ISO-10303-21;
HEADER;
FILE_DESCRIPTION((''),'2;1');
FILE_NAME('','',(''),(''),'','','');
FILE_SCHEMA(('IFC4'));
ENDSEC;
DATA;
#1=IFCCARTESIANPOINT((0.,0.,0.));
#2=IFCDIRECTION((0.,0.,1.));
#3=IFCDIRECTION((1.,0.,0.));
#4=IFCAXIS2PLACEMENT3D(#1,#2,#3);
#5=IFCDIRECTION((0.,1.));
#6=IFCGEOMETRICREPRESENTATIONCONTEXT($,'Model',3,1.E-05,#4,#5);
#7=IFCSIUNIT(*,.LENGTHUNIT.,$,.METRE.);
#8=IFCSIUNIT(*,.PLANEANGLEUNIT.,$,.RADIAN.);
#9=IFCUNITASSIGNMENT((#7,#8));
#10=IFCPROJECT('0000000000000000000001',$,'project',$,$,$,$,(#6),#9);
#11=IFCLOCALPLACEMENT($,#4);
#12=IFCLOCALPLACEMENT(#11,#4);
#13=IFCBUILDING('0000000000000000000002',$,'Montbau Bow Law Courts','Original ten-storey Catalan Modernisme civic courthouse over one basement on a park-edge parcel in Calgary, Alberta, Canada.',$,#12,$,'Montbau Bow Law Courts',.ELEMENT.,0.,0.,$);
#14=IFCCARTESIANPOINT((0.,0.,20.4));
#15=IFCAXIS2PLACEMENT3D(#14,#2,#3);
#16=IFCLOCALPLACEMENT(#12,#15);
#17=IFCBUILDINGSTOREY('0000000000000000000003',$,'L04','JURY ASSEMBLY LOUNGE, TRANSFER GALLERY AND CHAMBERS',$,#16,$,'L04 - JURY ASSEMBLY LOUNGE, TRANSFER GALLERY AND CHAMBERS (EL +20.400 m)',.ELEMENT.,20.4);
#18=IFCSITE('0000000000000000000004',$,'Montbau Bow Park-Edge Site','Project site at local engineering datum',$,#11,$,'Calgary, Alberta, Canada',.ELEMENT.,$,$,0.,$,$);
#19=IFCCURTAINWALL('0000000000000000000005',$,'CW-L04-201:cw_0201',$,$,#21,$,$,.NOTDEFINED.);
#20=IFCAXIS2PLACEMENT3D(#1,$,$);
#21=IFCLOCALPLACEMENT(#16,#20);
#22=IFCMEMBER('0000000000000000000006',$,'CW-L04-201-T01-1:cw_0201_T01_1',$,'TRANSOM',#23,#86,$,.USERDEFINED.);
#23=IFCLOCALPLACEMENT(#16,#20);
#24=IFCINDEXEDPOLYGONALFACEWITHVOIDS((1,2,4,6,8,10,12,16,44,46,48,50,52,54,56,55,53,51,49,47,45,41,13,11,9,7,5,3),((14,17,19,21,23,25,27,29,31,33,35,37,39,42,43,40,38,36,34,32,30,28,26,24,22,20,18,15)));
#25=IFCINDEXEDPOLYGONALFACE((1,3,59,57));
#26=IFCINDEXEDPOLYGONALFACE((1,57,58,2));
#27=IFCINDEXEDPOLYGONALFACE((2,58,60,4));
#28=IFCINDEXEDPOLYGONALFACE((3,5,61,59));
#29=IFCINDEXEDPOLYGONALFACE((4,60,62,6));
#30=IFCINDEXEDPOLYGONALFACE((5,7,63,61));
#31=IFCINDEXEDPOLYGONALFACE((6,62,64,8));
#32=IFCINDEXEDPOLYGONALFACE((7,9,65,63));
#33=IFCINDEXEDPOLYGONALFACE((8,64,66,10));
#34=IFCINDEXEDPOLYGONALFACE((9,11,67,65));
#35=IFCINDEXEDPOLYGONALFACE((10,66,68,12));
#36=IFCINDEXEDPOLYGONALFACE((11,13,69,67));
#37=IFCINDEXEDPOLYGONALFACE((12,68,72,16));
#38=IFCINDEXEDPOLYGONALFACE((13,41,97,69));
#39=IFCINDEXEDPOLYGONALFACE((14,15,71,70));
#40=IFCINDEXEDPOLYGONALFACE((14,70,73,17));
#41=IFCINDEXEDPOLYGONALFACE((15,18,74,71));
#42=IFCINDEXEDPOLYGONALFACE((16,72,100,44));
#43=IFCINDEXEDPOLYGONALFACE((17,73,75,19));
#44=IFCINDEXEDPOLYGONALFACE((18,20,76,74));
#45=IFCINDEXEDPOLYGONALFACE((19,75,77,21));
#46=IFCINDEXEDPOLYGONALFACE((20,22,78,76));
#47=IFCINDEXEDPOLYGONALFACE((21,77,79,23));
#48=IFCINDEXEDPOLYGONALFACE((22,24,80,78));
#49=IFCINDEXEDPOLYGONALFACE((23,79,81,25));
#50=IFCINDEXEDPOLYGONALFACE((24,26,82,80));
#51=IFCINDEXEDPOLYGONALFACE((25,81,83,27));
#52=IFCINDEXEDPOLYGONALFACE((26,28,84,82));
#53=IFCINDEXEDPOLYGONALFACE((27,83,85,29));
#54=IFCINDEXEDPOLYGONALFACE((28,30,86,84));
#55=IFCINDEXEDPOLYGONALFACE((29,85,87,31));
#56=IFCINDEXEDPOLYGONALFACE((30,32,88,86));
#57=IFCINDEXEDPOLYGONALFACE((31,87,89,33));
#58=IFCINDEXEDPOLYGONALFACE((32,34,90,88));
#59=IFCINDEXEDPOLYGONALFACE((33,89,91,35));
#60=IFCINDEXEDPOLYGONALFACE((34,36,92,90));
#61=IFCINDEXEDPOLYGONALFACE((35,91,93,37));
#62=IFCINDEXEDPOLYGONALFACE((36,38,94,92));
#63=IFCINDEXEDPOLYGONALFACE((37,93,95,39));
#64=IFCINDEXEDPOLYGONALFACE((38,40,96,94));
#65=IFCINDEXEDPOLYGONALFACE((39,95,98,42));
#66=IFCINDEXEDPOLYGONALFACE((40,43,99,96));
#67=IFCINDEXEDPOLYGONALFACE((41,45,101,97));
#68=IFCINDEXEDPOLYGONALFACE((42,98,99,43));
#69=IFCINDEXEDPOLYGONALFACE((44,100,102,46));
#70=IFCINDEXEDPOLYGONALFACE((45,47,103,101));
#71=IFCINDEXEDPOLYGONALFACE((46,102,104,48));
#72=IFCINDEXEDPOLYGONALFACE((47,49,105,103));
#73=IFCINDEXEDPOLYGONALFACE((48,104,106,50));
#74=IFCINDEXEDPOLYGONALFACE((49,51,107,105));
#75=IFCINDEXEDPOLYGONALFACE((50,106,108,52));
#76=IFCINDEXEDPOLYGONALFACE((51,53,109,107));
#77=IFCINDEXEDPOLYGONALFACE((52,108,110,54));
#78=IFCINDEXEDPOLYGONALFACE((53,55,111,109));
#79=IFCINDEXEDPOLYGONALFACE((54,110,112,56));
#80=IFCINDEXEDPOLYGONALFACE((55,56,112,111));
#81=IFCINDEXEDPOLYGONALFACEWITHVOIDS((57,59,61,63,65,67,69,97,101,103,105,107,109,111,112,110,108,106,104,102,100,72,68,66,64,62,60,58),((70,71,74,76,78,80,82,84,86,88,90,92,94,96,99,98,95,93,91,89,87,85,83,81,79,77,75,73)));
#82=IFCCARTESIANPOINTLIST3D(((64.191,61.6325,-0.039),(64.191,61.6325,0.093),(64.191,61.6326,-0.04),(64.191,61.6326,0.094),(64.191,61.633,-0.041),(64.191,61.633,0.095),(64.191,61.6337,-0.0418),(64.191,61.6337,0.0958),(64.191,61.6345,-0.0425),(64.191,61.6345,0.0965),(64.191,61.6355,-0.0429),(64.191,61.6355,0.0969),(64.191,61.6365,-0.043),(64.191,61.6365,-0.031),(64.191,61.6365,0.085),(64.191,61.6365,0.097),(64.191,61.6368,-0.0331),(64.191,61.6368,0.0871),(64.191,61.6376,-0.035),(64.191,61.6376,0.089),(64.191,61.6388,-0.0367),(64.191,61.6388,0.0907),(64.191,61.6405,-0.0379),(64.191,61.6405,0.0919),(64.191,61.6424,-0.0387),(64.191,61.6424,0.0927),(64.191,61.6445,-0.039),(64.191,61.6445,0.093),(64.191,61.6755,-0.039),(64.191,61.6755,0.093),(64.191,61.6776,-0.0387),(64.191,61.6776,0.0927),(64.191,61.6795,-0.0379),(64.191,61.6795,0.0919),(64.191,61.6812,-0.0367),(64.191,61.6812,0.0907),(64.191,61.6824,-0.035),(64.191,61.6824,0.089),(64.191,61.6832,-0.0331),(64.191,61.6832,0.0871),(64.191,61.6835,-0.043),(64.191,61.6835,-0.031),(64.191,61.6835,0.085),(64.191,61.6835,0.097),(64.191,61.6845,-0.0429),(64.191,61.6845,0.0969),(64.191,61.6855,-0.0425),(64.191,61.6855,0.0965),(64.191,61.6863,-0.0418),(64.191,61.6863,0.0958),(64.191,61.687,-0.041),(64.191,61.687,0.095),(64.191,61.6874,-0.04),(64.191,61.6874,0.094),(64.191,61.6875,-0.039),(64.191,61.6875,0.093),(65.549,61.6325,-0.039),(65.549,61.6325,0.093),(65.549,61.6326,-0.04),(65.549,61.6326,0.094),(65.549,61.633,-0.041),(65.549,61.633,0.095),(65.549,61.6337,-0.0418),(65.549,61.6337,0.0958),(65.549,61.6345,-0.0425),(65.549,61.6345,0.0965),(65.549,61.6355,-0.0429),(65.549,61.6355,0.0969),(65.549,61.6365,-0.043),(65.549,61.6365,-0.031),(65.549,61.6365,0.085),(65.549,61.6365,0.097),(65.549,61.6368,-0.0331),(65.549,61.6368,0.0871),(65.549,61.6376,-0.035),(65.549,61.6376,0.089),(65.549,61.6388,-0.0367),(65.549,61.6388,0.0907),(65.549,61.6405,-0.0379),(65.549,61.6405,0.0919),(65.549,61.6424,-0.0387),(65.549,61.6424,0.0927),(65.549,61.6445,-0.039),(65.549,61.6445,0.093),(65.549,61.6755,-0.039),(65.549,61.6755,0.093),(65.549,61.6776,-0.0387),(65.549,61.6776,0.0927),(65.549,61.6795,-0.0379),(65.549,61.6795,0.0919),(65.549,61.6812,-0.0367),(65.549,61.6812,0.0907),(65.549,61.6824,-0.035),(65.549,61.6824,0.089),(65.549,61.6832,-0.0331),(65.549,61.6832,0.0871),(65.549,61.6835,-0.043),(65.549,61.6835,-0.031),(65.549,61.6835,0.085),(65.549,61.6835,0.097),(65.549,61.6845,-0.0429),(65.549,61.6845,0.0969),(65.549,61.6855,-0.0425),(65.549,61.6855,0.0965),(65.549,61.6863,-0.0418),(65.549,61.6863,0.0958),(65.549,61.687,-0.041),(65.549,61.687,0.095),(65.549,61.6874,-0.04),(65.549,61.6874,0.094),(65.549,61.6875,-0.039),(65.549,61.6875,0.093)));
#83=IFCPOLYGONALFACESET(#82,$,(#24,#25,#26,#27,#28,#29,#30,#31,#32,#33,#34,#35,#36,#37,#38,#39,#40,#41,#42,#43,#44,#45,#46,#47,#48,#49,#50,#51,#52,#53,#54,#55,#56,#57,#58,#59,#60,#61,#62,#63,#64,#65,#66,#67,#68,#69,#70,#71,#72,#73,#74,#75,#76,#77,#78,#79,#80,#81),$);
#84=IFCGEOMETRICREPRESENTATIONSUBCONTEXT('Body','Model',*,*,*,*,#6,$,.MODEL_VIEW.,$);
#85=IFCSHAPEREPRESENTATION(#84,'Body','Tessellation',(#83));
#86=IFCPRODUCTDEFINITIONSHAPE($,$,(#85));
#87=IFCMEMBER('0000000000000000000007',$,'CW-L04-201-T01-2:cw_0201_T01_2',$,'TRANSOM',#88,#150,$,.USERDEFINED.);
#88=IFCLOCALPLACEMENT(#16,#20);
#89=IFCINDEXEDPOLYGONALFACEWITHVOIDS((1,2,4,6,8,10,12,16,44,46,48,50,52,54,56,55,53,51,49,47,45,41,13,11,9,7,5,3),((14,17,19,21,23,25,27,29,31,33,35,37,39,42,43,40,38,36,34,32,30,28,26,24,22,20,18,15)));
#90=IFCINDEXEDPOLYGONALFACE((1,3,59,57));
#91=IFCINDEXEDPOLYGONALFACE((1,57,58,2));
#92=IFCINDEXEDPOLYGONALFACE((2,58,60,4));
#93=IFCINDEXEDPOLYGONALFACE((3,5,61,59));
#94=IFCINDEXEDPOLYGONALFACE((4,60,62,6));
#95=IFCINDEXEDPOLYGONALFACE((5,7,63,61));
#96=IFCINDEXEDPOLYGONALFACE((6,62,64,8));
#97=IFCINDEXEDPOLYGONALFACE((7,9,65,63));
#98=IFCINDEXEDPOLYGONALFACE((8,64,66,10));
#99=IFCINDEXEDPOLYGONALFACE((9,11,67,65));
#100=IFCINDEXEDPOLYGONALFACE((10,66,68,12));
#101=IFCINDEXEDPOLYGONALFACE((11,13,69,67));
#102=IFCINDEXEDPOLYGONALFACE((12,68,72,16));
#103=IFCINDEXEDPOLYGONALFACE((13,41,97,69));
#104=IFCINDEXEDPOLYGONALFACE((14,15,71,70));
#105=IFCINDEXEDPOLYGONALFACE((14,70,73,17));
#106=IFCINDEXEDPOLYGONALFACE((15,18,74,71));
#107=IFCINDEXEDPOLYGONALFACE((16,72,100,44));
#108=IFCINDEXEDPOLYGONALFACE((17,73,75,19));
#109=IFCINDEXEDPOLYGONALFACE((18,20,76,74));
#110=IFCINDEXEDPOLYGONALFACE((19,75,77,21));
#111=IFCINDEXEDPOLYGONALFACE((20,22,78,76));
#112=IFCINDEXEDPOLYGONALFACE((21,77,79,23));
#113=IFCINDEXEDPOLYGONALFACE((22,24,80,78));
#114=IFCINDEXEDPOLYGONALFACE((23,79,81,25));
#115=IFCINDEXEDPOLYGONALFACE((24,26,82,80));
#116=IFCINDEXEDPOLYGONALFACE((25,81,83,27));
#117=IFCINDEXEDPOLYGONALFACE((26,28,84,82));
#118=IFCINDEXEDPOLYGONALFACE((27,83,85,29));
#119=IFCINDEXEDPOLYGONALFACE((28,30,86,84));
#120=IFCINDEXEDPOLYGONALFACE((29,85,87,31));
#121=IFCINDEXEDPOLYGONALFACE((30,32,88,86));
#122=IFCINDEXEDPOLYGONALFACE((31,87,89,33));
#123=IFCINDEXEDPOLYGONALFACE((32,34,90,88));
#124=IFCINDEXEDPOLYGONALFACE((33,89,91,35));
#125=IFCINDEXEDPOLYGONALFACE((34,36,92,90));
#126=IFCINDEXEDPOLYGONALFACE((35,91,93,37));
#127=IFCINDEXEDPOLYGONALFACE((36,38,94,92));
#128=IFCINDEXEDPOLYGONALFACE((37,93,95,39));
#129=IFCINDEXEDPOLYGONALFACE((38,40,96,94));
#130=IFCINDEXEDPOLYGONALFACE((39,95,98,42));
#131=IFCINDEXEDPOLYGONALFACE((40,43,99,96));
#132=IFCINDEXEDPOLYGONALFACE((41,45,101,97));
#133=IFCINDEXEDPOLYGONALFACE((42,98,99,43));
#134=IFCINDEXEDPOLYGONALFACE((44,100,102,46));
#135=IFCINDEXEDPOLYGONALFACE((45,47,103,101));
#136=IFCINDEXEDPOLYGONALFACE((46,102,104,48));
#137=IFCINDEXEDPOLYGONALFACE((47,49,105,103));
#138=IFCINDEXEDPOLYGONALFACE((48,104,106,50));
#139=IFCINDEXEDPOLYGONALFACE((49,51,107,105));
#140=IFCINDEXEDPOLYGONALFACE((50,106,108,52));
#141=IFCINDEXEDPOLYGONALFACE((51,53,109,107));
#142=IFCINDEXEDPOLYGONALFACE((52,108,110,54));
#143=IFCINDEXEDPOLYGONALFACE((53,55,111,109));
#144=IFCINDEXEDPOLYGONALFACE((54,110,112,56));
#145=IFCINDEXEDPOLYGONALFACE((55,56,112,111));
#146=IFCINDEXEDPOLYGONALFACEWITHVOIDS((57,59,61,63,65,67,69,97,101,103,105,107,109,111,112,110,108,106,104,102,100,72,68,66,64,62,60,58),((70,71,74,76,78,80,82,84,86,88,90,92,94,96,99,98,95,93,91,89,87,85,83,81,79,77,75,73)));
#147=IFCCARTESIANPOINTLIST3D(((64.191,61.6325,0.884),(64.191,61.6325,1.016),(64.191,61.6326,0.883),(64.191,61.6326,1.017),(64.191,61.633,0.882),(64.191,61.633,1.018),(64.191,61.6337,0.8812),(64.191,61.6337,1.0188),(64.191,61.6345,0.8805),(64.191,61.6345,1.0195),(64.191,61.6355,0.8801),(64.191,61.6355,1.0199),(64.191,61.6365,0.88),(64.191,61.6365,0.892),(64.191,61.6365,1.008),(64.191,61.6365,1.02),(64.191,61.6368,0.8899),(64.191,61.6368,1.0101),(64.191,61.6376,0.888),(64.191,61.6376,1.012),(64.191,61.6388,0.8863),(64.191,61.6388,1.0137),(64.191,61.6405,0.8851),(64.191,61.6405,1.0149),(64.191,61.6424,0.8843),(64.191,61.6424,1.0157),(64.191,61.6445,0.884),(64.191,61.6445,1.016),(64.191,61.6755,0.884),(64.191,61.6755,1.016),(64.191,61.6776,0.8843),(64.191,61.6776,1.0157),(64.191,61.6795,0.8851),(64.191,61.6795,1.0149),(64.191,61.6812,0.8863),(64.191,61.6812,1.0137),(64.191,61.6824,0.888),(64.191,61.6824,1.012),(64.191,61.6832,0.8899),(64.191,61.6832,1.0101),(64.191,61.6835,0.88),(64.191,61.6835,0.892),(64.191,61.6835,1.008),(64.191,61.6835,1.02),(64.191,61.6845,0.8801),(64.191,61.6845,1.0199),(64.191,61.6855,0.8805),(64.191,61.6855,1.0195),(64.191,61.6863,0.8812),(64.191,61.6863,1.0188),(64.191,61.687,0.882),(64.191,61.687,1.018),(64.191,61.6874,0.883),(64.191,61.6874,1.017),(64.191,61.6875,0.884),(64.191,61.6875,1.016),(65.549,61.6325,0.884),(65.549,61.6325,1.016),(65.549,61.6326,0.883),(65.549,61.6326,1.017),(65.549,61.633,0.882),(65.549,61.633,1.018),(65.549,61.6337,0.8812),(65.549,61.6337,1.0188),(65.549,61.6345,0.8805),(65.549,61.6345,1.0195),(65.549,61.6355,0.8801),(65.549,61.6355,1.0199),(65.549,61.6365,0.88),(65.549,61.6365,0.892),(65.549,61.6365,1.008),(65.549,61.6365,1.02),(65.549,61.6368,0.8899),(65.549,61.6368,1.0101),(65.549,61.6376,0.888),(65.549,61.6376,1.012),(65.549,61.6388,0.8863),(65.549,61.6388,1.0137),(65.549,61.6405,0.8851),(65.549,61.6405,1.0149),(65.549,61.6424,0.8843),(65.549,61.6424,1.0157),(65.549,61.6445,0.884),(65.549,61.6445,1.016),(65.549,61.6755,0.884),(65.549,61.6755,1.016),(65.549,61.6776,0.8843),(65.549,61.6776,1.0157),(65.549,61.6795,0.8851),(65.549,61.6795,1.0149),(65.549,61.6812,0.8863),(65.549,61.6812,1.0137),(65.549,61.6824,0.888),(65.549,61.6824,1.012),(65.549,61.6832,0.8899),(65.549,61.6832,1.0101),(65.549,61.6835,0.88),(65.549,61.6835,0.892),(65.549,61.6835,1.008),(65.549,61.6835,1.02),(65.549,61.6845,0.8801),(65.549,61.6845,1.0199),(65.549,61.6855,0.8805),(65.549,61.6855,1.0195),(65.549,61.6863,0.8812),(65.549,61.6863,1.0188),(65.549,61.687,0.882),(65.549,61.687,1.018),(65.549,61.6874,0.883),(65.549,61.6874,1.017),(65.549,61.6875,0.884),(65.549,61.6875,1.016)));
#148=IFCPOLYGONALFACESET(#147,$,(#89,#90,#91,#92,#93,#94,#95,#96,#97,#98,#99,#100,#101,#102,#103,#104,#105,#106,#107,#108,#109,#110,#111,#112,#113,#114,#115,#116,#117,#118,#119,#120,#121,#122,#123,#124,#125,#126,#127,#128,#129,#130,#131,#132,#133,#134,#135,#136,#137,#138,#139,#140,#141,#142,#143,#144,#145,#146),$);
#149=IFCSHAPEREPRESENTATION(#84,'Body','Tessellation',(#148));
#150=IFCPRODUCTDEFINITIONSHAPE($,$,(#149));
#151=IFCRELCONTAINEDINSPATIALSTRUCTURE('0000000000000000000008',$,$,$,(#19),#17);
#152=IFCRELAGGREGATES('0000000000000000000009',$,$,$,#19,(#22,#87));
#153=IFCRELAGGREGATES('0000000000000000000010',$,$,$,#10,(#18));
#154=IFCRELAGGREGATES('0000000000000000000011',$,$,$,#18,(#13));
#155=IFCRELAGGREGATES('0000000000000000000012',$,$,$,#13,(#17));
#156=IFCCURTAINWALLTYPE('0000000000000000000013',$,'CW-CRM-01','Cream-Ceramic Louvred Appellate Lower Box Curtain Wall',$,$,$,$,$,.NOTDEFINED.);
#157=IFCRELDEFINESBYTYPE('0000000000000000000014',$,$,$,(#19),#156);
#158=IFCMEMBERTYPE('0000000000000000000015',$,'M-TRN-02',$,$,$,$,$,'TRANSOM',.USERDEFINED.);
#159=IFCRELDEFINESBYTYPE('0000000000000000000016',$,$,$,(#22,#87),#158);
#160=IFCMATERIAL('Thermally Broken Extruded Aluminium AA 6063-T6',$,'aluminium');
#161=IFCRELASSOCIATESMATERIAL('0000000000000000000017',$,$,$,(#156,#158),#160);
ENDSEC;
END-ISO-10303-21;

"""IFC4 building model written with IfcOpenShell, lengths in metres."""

from ifc_helpers import new_model, si_unit, direction, frame, origin_with_axes, origin_2d_with_axis, place, context, subcontext, project, spatial, hollow_rectangle, extrude, material, material_profile, profile_set, type_object, element, aggregate, save


model = new_model("IFC4")

# Units and contexts
model_context = context("Model", 3, precision=1e-05, world=origin_with_axes(), true_north=direction((0.0, 1.0)))
body_context = subcontext(model_context, "Body", "Model", "MODEL_VIEW")
ifc_project = project(units=[si_unit("LENGTHUNIT", "METRE"), si_unit("PLANEANGLEUNIT", "RADIAN")], contexts=[model_context])

# Site, building, storey
site_placement = place(None, origin_with_axes())
site = spatial("IfcSite", under=ifc_project, at=site_placement, Name="Montbau Bow Park-Edge Site", Description="Project site at local engineering datum", LongName="Calgary, Alberta, Canada", CompositionType="ELEMENT", RefElevation=0.0)
building_placement = place(site_placement, origin_with_axes())
building = spatial("IfcBuilding", under=site, at=building_placement, Name="Montbau Bow Law Courts", Description="Original ten-storey Catalan Modernisme civic courthouse over one basement on a park-edge parcel in Calgary, Alberta, Canada.", LongName="Montbau Bow Law Courts", CompositionType="ELEMENT", ElevationOfRefHeight=0.0, ElevationOfTerrain=0.0)
storey_placement = place(building_placement, frame((0.0, 0.0, 20.4), z_axis=(0.0, 0.0, 1.0), x_axis=(1.0, 0.0, 0.0)))
storey = spatial("IfcBuildingStorey", under=building, at=storey_placement, Name="L04", Description="JURY ASSEMBLY LOUNGE, TRANSFER GALLERY AND CHAMBERS", LongName="L04 - JURY ASSEMBLY LOUNGE, TRANSFER GALLERY AND CHAMBERS (EL +20.400 m)", CompositionType="ELEMENT", Elevation=20.4)

# Curtain wall, members
ifc_material_1 = material(Name="Thermally Broken Extruded Aluminium AA 6063-T6", Category="aluminium")
curtain_wall_type = type_object("IfcCurtainWallType", Name="CW-CRM-01", Description="Cream-Ceramic Louvred Appellate Lower Box Curtain Wall", PredefinedType="NOTDEFINED", material=ifc_material_1)
curtain_wall_placement = place(None, frame((64.115, 61.66, 20.4), z_axis=(0.0, 0.0, 1.0), x_axis=(1.0, 0.0, 0.0)))
curtain_wall = element("IfcCurtainWall", 1, at=curtain_wall_placement, inside=storey, type_object=curtain_wall_type, Name="CW-L04-201:cw_0201", PredefinedType="NOTDEFINED")
ifc_material_profile_1 = material_profile(ifc_material_1, hollow_rectangle(XDim=0.055, YDim=0.14, WallThickness=0.004, InnerFilletRadius=0.008, OuterFilletRadius=0.004, at=origin_2d_with_axis()), Name="CWT-140X55", Category="Main", Priority=0)
ifc_profile_set_1 = profile_set([ifc_material_profile_1], Name="Thermally Broken Extruded Aluminium AA 6063-T6")
member_type_1 = type_object("IfcMemberType", Name="M-TRN-02", ElementType="TRANSOM", PredefinedType="USERDEFINED", material=ifc_profile_set_1)
member_1_placement = place(None, frame((64.191, 61.66, 20.427), z_axis=(1.0, 0.0, 0.0), x_axis=(0.0, 1.0, 0.0)))
member_1 = element("IfcMember", 2, at=member_1_placement, type_object=member_type_1, Name="CW-L04-201-T01-1:cw_0201_T01_1", ObjectType="TRANSOM", PredefinedType="USERDEFINED", context=body_context, shape_type="SweptSolid", body=[
    extrude(hollow_rectangle(XDim=0.055, YDim=0.14, WallThickness=0.004, InnerFilletRadius=0.008, OuterFilletRadius=0.004, at=origin_2d_with_axis()), origin_with_axes(), (0.0, 0.0, 1.0), 1.358),
])
member_2_placement = place(None, frame((64.191, 61.66, 21.35), z_axis=(1.0, 0.0, 0.0), x_axis=(0.0, 1.0, 0.0)))
member_2 = element("IfcMember", 3, at=member_2_placement, type_object=member_type_1, Name="CW-L04-201-T01-2:cw_0201_T01_2", ObjectType="TRANSOM", PredefinedType="USERDEFINED", context=body_context, shape_type="SweptSolid", body=[
    extrude(hollow_rectangle(XDim=0.055, YDim=0.14, WallThickness=0.004, InnerFilletRadius=0.008, OuterFilletRadius=0.004, at=origin_2d_with_axis()), origin_with_axes(), (0.0, 0.0, 1.0), 1.358),
])
aggregate(curtain_wall, [member_1, member_2])

save(model, "model.ifc")
